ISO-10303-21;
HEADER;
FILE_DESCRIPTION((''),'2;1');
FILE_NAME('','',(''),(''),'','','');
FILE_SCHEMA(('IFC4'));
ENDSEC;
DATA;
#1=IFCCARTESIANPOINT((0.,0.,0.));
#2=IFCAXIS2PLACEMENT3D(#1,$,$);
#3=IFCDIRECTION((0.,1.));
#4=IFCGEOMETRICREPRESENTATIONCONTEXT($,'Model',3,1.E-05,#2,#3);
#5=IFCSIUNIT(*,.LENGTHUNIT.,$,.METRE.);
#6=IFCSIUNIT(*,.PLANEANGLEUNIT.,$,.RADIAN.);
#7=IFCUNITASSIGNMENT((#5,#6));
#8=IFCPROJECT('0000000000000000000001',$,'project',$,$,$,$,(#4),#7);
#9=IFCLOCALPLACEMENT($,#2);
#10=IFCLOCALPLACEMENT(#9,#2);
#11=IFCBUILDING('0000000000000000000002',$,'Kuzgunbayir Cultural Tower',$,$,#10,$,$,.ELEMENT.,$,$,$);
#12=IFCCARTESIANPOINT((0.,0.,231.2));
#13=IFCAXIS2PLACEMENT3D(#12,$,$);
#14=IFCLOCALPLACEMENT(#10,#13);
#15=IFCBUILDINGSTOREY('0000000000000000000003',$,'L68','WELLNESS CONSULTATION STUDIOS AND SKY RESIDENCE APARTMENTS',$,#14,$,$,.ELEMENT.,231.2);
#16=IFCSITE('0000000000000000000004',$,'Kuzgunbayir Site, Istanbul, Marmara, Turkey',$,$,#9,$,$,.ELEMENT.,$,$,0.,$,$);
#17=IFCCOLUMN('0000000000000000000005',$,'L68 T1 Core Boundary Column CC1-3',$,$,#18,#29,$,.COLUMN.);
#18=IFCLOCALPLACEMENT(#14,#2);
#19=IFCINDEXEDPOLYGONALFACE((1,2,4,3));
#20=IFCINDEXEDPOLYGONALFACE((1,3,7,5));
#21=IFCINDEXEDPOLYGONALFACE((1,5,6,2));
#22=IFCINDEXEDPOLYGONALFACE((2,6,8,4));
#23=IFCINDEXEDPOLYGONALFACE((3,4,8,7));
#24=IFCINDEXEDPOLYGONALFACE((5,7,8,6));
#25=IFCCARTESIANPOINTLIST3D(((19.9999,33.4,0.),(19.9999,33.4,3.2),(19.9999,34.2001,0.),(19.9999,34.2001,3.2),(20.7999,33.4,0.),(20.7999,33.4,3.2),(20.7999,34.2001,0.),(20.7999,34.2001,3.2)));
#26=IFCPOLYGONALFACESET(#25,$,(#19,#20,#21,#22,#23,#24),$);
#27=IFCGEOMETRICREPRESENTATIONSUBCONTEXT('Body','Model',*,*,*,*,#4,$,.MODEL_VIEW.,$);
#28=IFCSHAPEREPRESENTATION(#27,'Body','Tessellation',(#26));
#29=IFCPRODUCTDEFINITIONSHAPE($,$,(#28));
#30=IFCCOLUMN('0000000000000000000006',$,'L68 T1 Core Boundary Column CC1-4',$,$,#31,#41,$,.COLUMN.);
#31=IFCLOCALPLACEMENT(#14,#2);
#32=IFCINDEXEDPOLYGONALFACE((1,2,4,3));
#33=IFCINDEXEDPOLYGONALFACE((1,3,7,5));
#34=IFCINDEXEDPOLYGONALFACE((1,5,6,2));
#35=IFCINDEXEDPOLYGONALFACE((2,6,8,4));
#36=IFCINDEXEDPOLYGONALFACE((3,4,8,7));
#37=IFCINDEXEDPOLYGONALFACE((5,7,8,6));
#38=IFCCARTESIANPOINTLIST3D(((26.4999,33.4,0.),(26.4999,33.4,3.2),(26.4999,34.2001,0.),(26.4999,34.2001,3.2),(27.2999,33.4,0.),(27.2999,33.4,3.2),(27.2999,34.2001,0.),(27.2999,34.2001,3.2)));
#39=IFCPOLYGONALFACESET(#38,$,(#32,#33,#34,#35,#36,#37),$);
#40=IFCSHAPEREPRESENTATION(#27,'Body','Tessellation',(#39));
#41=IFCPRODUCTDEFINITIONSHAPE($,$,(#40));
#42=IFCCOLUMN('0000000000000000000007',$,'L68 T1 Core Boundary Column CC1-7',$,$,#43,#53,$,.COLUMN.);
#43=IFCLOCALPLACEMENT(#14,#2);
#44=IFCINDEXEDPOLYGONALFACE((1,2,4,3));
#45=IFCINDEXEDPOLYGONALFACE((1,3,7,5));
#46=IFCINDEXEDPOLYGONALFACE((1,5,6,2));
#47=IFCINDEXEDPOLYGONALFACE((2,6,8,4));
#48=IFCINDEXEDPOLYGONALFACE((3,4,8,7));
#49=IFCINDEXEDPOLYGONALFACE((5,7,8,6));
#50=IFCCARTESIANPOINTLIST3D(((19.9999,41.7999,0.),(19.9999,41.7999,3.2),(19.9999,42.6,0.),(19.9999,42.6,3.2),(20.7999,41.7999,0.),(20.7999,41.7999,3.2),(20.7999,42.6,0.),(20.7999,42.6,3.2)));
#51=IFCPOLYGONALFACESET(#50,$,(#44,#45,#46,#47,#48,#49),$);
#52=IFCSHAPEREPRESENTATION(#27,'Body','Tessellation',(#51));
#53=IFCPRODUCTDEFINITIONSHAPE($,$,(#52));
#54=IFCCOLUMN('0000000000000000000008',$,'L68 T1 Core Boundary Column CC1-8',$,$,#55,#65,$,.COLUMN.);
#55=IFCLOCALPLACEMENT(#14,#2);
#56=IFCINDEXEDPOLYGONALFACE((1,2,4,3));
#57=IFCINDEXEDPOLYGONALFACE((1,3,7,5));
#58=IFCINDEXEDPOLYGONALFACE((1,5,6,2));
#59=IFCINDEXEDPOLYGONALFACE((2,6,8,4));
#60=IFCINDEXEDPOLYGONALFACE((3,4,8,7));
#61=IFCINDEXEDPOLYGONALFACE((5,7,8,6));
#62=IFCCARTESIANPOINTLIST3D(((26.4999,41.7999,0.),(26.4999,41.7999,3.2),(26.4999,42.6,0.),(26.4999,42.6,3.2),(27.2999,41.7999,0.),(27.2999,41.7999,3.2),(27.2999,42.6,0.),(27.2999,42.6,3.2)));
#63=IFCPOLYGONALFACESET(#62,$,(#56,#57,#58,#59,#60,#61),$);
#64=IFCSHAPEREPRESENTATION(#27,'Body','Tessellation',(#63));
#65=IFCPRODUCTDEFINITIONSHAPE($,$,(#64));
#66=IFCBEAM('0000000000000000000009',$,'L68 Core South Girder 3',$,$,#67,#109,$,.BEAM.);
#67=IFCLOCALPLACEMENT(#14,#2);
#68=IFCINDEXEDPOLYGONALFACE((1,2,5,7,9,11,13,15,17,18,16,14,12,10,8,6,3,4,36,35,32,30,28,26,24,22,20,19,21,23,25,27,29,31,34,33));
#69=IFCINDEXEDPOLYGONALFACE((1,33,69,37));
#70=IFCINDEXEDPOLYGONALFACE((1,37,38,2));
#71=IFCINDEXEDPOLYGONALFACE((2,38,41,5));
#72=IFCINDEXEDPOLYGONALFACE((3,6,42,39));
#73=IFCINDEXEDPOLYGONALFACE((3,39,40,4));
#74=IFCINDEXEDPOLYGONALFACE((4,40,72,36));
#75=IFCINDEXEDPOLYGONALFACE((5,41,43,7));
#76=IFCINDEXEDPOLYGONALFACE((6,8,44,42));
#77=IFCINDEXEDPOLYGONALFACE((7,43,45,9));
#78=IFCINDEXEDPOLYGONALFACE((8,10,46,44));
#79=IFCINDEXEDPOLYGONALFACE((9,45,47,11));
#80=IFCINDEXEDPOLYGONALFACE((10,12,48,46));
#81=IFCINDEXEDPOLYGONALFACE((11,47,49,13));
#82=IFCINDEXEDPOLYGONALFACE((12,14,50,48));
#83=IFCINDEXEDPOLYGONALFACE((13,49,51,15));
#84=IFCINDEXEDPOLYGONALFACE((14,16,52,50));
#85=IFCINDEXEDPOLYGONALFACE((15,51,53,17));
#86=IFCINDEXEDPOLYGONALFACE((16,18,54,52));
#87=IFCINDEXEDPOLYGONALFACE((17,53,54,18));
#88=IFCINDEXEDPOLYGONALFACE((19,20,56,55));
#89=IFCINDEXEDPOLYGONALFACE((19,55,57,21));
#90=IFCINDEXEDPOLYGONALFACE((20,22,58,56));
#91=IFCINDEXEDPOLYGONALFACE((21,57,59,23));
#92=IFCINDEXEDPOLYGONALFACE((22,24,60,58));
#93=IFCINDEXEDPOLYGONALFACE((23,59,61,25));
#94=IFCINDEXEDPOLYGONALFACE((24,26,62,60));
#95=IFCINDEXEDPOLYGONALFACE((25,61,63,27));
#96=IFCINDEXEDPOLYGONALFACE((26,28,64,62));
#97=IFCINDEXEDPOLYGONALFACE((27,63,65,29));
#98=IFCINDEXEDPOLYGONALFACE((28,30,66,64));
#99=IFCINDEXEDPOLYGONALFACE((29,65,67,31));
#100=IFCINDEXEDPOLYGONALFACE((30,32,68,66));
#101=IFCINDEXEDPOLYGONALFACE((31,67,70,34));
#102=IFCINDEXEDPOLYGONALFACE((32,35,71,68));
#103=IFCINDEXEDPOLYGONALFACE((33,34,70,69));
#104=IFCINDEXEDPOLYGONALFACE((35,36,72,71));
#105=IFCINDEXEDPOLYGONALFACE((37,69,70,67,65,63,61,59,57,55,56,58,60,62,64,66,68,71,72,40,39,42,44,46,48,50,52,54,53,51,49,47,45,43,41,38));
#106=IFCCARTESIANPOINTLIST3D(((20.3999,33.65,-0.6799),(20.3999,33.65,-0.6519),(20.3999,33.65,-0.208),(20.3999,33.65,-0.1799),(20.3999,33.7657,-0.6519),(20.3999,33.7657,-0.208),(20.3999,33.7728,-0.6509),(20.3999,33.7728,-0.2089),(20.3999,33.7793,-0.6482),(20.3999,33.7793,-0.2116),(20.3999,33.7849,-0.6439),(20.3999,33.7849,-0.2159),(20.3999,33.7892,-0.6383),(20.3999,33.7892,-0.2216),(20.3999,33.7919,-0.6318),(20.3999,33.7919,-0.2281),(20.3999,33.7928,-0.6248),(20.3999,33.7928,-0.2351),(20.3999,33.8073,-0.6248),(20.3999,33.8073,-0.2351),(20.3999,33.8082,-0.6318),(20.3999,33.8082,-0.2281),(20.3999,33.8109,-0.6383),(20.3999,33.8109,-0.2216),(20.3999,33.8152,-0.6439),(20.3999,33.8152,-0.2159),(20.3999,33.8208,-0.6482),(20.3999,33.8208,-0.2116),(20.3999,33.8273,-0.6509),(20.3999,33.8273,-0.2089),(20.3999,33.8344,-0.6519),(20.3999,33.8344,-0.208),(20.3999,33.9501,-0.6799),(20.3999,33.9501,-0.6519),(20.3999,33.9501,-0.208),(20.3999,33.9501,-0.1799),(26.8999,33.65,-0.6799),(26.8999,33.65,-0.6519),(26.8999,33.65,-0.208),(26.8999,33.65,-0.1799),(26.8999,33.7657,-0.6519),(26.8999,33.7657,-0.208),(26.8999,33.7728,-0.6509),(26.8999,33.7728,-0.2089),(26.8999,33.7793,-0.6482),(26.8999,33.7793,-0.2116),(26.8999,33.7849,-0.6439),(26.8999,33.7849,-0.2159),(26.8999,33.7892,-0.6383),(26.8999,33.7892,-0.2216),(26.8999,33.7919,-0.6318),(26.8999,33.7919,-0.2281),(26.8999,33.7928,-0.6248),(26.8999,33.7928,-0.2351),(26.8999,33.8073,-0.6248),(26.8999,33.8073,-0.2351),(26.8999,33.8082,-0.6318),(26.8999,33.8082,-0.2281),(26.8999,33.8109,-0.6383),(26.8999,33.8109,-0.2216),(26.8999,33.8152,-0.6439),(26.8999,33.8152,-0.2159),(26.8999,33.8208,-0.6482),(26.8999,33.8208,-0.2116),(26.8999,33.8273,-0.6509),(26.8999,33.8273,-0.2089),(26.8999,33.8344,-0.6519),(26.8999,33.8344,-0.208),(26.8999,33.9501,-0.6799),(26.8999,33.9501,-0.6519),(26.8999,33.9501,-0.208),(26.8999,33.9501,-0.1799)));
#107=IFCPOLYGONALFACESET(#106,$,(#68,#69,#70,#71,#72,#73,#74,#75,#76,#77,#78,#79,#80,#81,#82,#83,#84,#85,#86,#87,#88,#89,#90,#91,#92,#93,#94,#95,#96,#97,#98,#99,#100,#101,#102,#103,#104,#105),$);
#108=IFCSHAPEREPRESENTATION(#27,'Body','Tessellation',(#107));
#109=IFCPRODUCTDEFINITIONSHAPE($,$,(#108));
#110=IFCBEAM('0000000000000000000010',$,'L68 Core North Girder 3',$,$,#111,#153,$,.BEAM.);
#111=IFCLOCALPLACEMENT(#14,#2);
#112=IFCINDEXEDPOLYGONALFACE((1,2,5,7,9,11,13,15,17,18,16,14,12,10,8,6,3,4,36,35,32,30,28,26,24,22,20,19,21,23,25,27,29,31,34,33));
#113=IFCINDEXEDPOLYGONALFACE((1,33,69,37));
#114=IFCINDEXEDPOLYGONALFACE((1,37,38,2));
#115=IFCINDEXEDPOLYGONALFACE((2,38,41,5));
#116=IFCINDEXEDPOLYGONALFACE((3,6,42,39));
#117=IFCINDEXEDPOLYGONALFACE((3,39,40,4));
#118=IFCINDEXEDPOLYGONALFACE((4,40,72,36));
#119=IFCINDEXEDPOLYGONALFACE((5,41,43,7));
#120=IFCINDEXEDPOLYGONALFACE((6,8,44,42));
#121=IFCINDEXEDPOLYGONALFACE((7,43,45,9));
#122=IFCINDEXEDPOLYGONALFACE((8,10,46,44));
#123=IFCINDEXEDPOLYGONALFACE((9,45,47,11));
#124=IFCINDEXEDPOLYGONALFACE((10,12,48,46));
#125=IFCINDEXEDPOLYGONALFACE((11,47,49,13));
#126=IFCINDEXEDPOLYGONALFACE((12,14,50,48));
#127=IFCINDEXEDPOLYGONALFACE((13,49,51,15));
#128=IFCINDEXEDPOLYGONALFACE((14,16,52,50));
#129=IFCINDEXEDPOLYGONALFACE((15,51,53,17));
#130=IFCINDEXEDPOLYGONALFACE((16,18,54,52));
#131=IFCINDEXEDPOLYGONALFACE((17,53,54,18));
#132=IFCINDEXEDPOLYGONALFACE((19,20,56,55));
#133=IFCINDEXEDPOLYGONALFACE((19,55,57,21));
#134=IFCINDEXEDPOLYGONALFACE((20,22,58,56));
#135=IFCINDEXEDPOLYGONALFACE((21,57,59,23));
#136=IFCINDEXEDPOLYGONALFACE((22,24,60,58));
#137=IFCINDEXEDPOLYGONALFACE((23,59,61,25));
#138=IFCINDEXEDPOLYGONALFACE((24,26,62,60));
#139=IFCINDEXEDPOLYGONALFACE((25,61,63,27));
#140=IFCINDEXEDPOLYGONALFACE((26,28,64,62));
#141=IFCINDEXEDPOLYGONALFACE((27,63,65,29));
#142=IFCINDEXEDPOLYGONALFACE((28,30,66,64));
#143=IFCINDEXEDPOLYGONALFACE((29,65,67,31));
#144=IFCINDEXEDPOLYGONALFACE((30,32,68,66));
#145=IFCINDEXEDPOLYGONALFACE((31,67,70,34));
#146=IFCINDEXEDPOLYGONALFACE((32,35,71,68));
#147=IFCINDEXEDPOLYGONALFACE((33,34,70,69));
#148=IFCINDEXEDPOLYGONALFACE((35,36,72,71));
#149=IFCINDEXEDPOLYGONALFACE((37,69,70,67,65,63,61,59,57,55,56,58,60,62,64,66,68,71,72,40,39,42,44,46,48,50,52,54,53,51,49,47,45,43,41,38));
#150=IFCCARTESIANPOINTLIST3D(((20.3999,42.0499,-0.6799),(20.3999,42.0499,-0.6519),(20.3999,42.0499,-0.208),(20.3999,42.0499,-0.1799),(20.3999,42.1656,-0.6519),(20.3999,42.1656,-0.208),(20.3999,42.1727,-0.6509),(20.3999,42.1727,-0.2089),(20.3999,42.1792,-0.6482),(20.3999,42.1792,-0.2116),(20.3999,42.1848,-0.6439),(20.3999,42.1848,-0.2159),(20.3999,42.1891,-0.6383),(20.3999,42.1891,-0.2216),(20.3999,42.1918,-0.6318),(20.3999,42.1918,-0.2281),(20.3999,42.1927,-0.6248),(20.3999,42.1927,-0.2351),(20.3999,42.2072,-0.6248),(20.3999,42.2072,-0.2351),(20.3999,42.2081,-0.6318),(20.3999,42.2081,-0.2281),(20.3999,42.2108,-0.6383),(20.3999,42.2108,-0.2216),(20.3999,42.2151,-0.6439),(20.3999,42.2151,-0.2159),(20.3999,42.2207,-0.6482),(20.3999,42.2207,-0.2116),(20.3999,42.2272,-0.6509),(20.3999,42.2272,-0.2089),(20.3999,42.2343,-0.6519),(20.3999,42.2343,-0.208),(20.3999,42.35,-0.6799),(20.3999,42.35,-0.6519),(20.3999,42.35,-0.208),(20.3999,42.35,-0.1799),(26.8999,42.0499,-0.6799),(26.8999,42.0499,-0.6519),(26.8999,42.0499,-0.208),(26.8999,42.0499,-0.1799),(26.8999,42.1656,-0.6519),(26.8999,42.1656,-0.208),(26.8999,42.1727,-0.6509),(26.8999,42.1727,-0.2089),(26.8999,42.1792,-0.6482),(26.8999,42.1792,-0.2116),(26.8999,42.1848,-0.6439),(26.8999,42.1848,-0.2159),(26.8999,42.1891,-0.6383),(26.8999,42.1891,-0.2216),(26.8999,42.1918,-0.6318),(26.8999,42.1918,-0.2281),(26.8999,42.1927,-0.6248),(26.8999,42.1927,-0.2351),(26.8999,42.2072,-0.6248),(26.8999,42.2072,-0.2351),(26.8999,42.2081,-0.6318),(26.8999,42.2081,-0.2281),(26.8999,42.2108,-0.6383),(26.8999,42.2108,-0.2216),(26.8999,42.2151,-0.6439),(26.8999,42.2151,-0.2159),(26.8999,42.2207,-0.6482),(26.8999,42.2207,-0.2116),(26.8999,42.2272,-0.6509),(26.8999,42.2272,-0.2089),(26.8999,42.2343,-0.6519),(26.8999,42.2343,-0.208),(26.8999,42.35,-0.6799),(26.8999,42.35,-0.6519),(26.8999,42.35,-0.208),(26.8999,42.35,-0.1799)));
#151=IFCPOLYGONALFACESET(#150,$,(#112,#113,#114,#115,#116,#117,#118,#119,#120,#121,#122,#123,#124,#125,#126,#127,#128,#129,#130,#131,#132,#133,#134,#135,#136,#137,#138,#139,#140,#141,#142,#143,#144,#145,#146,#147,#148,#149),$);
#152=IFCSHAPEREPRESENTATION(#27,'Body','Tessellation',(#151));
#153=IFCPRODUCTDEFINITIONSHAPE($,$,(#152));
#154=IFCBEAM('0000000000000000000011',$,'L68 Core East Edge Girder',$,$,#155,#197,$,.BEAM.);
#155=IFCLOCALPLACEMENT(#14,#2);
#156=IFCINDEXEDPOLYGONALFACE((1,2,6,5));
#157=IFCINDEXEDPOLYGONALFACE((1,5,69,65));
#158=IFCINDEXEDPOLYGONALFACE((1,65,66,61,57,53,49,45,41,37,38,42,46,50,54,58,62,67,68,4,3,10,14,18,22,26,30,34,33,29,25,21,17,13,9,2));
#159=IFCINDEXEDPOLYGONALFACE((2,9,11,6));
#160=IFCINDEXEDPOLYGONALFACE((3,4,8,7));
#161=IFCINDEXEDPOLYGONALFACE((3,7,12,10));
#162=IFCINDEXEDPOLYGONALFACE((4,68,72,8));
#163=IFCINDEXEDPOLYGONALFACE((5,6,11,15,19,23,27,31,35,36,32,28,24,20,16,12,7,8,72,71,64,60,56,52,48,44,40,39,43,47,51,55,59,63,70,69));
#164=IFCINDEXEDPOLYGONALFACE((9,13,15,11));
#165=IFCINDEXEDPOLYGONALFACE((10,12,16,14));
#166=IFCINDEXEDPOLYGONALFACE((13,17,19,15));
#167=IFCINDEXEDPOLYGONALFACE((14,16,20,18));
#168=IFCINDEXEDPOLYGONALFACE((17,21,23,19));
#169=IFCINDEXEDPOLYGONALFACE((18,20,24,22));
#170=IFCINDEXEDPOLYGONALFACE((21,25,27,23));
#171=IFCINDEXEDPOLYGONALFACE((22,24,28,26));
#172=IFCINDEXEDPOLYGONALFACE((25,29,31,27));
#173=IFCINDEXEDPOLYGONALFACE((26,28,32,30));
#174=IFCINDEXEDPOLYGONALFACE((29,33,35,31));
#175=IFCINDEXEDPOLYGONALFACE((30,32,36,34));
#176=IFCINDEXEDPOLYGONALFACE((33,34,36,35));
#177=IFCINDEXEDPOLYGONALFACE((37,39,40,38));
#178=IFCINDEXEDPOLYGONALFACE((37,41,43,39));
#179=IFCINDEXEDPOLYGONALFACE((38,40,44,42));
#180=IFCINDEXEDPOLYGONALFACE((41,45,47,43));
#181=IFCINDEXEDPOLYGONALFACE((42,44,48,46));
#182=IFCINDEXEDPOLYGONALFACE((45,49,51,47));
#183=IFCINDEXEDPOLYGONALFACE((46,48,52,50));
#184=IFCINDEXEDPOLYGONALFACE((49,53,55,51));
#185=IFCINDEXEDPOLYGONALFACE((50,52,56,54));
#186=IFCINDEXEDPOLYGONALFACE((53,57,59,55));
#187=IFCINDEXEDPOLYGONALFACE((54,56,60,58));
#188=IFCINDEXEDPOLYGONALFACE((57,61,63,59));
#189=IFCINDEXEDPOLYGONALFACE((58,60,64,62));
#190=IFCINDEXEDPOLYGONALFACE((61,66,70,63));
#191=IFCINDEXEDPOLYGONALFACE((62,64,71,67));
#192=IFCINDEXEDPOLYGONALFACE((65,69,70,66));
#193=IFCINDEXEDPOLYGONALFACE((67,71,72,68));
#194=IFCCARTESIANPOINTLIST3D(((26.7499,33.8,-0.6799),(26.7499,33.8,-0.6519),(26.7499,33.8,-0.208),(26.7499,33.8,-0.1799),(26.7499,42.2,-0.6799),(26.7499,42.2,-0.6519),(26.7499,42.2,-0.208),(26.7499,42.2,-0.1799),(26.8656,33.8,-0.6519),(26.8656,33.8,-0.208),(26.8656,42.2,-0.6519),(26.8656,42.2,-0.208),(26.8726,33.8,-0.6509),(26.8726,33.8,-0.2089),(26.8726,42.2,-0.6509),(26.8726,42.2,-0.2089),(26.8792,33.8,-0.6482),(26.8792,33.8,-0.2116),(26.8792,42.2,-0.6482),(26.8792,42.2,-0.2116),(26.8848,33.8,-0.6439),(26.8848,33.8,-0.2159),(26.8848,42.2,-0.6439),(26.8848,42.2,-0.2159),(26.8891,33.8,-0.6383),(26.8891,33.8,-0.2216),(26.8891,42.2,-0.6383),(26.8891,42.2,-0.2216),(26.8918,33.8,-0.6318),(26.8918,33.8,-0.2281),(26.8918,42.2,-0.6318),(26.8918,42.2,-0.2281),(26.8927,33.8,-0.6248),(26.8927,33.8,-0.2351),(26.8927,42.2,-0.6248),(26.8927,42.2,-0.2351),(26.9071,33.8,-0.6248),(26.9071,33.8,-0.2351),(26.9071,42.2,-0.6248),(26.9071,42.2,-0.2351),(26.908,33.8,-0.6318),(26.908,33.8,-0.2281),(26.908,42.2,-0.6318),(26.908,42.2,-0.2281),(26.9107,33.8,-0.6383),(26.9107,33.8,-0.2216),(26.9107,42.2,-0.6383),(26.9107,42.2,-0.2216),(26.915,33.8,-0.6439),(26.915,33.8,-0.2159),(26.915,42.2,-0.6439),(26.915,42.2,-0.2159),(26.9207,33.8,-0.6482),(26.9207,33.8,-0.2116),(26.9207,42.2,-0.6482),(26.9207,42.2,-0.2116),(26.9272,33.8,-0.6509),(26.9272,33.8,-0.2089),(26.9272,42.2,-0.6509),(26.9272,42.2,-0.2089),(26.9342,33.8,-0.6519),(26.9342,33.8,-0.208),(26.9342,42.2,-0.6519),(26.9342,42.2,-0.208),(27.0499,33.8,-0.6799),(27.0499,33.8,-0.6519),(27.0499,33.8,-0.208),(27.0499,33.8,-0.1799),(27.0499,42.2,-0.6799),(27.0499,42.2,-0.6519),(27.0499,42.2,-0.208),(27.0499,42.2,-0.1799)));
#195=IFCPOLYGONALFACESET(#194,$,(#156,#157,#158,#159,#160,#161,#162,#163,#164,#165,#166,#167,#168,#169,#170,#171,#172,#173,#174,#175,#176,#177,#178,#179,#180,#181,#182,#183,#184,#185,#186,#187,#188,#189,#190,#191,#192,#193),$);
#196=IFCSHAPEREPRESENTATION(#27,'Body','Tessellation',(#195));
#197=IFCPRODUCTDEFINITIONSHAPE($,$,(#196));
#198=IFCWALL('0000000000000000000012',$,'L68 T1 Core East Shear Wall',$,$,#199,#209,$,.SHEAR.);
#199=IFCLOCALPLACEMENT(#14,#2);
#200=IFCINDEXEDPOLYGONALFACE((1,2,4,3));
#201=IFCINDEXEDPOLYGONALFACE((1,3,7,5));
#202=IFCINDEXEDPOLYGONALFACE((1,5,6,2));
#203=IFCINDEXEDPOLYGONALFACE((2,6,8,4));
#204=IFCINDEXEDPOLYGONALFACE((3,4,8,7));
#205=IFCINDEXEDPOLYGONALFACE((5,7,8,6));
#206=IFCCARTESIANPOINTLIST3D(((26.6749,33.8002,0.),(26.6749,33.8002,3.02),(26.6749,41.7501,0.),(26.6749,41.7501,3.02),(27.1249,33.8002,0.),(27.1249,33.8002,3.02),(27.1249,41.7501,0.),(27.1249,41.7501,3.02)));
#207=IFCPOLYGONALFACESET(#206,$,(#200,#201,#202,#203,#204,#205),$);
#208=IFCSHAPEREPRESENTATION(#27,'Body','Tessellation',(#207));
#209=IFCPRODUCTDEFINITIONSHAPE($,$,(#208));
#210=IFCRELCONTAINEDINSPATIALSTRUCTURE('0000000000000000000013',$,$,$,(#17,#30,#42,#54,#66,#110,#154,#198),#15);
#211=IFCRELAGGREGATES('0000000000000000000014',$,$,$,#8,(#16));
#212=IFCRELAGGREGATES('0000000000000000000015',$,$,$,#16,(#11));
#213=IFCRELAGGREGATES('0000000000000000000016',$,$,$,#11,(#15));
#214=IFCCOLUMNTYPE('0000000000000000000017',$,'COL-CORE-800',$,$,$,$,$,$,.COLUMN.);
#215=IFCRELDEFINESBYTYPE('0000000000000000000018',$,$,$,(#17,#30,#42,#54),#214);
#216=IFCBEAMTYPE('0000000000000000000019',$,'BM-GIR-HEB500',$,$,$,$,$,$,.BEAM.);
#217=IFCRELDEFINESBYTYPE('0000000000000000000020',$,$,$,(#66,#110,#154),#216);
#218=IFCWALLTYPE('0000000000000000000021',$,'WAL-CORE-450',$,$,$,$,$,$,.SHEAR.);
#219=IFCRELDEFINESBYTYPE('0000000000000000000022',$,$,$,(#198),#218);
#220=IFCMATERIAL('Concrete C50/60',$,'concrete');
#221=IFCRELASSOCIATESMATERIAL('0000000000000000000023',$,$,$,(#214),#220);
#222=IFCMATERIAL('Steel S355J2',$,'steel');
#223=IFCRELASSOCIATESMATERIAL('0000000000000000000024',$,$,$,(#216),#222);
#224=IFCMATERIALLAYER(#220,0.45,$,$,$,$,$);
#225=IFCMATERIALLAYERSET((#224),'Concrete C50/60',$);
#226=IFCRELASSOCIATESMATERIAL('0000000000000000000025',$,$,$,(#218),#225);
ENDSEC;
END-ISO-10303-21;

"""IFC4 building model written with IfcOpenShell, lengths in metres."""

from ifc_helpers import new_model, si_unit, direction, frame, frame_2d, origin, origin_2d, place, context, subcontext, project, spatial, rectangle, i_section, extrude, material, layer, layer_set, material_profile, profile_set, type_object, element, save


model = new_model("IFC4")

# Units and contexts
model_context = context("Model", 3, precision=1e-05, world=origin(), true_north=direction((0.0, 1.0)))
body_context = subcontext(model_context, "Body", "Model", "MODEL_VIEW")
ifc_project = project(units=[si_unit("LENGTHUNIT", "METRE"), si_unit("PLANEANGLEUNIT", "RADIAN")], contexts=[model_context])

# Site, building, storey
site_placement = place(None, origin())
site = spatial("IfcSite", under=ifc_project, at=site_placement, Name="Kuzgunbayir Site, Istanbul, Marmara, Turkey", CompositionType="ELEMENT", RefElevation=0.0)
building_placement = place(site_placement, origin())
building = spatial("IfcBuilding", under=site, at=building_placement, Name="Kuzgunbayir Cultural Tower", CompositionType="ELEMENT")
storey_placement = place(building_placement, frame((0.0, 0.0, 231.2)))
storey = spatial("IfcBuildingStorey", under=building, at=storey_placement, Name="L68", Description="WELLNESS CONSULTATION STUDIOS AND SKY RESIDENCE APARTMENTS", CompositionType="ELEMENT", Elevation=231.2)

# Columns
ifc_material_1 = material(Name="Concrete C50/60", Category="concrete")
ifc_material_profile_1 = material_profile(ifc_material_1, rectangle(XDim=0.8, YDim=0.8, at=origin_2d()), Name="RC 800x800")
ifc_profile_set_1 = profile_set([ifc_material_profile_1], Name="Concrete C50/60")
column_type = type_object("IfcColumnType", Name="COL-CORE-800", PredefinedType="COLUMN", material=ifc_profile_set_1)
for number, where, z_axis, x_axis, name in (
    (1, (20.3999, 33.8, 0.0), (0.0, 0.0, 1.0), (1.0, 0.0, 0.0), "L68 T1 Core Boundary Column CC1-3"),
    (2, (26.8999, 33.8, 0.0), (0.0, 0.0, 1.0), (1.0, 0.0, 0.0), "L68 T1 Core Boundary Column CC1-4"),
    (3, (20.3999, 42.2, 0.0), (0.0, 0.0, 1.0), (1.0, 0.0, 0.0), "L68 T1 Core Boundary Column CC1-7"),
    (4, (26.8999, 42.2, 0.0), (0.0, 0.0, 1.0), (1.0, 0.0, 0.0), "L68 T1 Core Boundary Column CC1-8"),
):
    element("IfcColumn", number, at=place(storey_placement, frame(where, z_axis=z_axis, x_axis=x_axis)), inside=storey, type_object=column_type, Name=name, PredefinedType="COLUMN", context=body_context, shape_type="SweptSolid", body=[
        extrude(rectangle(XDim=0.8, YDim=0.8, at=origin_2d()), origin(), (0.0, 0.0, 1.0), 3.2),
    ])

# Beams
ifc_material_2 = material(Name="Steel S355J2", Category="steel")
ifc_material_profile_2 = material_profile(ifc_material_2, i_section(OverallWidth=0.3, OverallDepth=0.5, WebThickness=0.0144, FlangeThickness=0.0281, FilletRadius=0.0271, at=origin_2d()), Name="HEB 500")
ifc_profile_set_2 = profile_set([ifc_material_profile_2], Name="Steel S355J2")
beam_type = type_object("IfcBeamType", Name="BM-GIR-HEB500", PredefinedType="BEAM", material=ifc_profile_set_2)
for number, where, z_axis, x_axis, name in (
    (5, (20.3999, 33.8, -0.4299), (1.0, 0.0, 0.0), (0.0, 1.0, 0.0), "L68 Core South Girder 3"),
    (6, (20.3999, 42.2, -0.4299), (1.0, 0.0, 0.0), (0.0, 1.0, 0.0), "L68 Core North Girder 3"),
):
    element("IfcBeam", number, at=place(storey_placement, frame(where, z_axis=z_axis, x_axis=x_axis)), inside=storey, type_object=beam_type, Name=name, PredefinedType="BEAM", context=body_context, shape_type="SweptSolid", body=[
        extrude(i_section(OverallWidth=0.3, OverallDepth=0.5, WebThickness=0.0144, FlangeThickness=0.0281, FilletRadius=0.0271, at=origin_2d()), origin(), (0.0, 0.0, 1.0), 6.5),
    ])
beam_placement = place(storey_placement, frame((26.8999, 33.8, -0.4299), z_axis=(0.0, 1.0, 0.0), x_axis=(-1.0, 0.0, 0.0)))
element("IfcBeam", 7, at=beam_placement, inside=storey, type_object=beam_type, Name="L68 Core East Edge Girder", PredefinedType="BEAM", context=body_context, shape_type="SweptSolid", body=[
    extrude(i_section(OverallWidth=0.3, OverallDepth=0.5, WebThickness=0.0144, FlangeThickness=0.0281, FilletRadius=0.0271, at=origin_2d()), origin(), (0.0, 0.0, 1.0), 8.3999),
])

# Wall
ifc_layer_1 = layer(ifc_material_1, 0.45)
ifc_layer_set_1 = layer_set([ifc_layer_1], Name="Concrete C50/60")
wall_type_1 = type_object("IfcWallType", Name="WAL-CORE-450", PredefinedType="SHEAR", material=ifc_layer_set_1)
wall_1_placement = place(storey_placement, frame((26.8999, 33.8, 0.0), z_axis=(0.0, 0.0, 1.0), x_axis=(0.0, 1.0, 0.0)))
element("IfcWall", 8, at=wall_1_placement, inside=storey, type_object=wall_type_1, Name="L68 T1 Core East Shear Wall", PredefinedType="SHEAR", context=body_context, shape_type="SweptSolid", body=[
    extrude(rectangle(XDim=7.95, YDim=0.45, at=frame_2d((3.9751, 0.0))), origin(), (0.0, 0.0, 1.0), 3.02),
])

save(model, "model.ifc")
